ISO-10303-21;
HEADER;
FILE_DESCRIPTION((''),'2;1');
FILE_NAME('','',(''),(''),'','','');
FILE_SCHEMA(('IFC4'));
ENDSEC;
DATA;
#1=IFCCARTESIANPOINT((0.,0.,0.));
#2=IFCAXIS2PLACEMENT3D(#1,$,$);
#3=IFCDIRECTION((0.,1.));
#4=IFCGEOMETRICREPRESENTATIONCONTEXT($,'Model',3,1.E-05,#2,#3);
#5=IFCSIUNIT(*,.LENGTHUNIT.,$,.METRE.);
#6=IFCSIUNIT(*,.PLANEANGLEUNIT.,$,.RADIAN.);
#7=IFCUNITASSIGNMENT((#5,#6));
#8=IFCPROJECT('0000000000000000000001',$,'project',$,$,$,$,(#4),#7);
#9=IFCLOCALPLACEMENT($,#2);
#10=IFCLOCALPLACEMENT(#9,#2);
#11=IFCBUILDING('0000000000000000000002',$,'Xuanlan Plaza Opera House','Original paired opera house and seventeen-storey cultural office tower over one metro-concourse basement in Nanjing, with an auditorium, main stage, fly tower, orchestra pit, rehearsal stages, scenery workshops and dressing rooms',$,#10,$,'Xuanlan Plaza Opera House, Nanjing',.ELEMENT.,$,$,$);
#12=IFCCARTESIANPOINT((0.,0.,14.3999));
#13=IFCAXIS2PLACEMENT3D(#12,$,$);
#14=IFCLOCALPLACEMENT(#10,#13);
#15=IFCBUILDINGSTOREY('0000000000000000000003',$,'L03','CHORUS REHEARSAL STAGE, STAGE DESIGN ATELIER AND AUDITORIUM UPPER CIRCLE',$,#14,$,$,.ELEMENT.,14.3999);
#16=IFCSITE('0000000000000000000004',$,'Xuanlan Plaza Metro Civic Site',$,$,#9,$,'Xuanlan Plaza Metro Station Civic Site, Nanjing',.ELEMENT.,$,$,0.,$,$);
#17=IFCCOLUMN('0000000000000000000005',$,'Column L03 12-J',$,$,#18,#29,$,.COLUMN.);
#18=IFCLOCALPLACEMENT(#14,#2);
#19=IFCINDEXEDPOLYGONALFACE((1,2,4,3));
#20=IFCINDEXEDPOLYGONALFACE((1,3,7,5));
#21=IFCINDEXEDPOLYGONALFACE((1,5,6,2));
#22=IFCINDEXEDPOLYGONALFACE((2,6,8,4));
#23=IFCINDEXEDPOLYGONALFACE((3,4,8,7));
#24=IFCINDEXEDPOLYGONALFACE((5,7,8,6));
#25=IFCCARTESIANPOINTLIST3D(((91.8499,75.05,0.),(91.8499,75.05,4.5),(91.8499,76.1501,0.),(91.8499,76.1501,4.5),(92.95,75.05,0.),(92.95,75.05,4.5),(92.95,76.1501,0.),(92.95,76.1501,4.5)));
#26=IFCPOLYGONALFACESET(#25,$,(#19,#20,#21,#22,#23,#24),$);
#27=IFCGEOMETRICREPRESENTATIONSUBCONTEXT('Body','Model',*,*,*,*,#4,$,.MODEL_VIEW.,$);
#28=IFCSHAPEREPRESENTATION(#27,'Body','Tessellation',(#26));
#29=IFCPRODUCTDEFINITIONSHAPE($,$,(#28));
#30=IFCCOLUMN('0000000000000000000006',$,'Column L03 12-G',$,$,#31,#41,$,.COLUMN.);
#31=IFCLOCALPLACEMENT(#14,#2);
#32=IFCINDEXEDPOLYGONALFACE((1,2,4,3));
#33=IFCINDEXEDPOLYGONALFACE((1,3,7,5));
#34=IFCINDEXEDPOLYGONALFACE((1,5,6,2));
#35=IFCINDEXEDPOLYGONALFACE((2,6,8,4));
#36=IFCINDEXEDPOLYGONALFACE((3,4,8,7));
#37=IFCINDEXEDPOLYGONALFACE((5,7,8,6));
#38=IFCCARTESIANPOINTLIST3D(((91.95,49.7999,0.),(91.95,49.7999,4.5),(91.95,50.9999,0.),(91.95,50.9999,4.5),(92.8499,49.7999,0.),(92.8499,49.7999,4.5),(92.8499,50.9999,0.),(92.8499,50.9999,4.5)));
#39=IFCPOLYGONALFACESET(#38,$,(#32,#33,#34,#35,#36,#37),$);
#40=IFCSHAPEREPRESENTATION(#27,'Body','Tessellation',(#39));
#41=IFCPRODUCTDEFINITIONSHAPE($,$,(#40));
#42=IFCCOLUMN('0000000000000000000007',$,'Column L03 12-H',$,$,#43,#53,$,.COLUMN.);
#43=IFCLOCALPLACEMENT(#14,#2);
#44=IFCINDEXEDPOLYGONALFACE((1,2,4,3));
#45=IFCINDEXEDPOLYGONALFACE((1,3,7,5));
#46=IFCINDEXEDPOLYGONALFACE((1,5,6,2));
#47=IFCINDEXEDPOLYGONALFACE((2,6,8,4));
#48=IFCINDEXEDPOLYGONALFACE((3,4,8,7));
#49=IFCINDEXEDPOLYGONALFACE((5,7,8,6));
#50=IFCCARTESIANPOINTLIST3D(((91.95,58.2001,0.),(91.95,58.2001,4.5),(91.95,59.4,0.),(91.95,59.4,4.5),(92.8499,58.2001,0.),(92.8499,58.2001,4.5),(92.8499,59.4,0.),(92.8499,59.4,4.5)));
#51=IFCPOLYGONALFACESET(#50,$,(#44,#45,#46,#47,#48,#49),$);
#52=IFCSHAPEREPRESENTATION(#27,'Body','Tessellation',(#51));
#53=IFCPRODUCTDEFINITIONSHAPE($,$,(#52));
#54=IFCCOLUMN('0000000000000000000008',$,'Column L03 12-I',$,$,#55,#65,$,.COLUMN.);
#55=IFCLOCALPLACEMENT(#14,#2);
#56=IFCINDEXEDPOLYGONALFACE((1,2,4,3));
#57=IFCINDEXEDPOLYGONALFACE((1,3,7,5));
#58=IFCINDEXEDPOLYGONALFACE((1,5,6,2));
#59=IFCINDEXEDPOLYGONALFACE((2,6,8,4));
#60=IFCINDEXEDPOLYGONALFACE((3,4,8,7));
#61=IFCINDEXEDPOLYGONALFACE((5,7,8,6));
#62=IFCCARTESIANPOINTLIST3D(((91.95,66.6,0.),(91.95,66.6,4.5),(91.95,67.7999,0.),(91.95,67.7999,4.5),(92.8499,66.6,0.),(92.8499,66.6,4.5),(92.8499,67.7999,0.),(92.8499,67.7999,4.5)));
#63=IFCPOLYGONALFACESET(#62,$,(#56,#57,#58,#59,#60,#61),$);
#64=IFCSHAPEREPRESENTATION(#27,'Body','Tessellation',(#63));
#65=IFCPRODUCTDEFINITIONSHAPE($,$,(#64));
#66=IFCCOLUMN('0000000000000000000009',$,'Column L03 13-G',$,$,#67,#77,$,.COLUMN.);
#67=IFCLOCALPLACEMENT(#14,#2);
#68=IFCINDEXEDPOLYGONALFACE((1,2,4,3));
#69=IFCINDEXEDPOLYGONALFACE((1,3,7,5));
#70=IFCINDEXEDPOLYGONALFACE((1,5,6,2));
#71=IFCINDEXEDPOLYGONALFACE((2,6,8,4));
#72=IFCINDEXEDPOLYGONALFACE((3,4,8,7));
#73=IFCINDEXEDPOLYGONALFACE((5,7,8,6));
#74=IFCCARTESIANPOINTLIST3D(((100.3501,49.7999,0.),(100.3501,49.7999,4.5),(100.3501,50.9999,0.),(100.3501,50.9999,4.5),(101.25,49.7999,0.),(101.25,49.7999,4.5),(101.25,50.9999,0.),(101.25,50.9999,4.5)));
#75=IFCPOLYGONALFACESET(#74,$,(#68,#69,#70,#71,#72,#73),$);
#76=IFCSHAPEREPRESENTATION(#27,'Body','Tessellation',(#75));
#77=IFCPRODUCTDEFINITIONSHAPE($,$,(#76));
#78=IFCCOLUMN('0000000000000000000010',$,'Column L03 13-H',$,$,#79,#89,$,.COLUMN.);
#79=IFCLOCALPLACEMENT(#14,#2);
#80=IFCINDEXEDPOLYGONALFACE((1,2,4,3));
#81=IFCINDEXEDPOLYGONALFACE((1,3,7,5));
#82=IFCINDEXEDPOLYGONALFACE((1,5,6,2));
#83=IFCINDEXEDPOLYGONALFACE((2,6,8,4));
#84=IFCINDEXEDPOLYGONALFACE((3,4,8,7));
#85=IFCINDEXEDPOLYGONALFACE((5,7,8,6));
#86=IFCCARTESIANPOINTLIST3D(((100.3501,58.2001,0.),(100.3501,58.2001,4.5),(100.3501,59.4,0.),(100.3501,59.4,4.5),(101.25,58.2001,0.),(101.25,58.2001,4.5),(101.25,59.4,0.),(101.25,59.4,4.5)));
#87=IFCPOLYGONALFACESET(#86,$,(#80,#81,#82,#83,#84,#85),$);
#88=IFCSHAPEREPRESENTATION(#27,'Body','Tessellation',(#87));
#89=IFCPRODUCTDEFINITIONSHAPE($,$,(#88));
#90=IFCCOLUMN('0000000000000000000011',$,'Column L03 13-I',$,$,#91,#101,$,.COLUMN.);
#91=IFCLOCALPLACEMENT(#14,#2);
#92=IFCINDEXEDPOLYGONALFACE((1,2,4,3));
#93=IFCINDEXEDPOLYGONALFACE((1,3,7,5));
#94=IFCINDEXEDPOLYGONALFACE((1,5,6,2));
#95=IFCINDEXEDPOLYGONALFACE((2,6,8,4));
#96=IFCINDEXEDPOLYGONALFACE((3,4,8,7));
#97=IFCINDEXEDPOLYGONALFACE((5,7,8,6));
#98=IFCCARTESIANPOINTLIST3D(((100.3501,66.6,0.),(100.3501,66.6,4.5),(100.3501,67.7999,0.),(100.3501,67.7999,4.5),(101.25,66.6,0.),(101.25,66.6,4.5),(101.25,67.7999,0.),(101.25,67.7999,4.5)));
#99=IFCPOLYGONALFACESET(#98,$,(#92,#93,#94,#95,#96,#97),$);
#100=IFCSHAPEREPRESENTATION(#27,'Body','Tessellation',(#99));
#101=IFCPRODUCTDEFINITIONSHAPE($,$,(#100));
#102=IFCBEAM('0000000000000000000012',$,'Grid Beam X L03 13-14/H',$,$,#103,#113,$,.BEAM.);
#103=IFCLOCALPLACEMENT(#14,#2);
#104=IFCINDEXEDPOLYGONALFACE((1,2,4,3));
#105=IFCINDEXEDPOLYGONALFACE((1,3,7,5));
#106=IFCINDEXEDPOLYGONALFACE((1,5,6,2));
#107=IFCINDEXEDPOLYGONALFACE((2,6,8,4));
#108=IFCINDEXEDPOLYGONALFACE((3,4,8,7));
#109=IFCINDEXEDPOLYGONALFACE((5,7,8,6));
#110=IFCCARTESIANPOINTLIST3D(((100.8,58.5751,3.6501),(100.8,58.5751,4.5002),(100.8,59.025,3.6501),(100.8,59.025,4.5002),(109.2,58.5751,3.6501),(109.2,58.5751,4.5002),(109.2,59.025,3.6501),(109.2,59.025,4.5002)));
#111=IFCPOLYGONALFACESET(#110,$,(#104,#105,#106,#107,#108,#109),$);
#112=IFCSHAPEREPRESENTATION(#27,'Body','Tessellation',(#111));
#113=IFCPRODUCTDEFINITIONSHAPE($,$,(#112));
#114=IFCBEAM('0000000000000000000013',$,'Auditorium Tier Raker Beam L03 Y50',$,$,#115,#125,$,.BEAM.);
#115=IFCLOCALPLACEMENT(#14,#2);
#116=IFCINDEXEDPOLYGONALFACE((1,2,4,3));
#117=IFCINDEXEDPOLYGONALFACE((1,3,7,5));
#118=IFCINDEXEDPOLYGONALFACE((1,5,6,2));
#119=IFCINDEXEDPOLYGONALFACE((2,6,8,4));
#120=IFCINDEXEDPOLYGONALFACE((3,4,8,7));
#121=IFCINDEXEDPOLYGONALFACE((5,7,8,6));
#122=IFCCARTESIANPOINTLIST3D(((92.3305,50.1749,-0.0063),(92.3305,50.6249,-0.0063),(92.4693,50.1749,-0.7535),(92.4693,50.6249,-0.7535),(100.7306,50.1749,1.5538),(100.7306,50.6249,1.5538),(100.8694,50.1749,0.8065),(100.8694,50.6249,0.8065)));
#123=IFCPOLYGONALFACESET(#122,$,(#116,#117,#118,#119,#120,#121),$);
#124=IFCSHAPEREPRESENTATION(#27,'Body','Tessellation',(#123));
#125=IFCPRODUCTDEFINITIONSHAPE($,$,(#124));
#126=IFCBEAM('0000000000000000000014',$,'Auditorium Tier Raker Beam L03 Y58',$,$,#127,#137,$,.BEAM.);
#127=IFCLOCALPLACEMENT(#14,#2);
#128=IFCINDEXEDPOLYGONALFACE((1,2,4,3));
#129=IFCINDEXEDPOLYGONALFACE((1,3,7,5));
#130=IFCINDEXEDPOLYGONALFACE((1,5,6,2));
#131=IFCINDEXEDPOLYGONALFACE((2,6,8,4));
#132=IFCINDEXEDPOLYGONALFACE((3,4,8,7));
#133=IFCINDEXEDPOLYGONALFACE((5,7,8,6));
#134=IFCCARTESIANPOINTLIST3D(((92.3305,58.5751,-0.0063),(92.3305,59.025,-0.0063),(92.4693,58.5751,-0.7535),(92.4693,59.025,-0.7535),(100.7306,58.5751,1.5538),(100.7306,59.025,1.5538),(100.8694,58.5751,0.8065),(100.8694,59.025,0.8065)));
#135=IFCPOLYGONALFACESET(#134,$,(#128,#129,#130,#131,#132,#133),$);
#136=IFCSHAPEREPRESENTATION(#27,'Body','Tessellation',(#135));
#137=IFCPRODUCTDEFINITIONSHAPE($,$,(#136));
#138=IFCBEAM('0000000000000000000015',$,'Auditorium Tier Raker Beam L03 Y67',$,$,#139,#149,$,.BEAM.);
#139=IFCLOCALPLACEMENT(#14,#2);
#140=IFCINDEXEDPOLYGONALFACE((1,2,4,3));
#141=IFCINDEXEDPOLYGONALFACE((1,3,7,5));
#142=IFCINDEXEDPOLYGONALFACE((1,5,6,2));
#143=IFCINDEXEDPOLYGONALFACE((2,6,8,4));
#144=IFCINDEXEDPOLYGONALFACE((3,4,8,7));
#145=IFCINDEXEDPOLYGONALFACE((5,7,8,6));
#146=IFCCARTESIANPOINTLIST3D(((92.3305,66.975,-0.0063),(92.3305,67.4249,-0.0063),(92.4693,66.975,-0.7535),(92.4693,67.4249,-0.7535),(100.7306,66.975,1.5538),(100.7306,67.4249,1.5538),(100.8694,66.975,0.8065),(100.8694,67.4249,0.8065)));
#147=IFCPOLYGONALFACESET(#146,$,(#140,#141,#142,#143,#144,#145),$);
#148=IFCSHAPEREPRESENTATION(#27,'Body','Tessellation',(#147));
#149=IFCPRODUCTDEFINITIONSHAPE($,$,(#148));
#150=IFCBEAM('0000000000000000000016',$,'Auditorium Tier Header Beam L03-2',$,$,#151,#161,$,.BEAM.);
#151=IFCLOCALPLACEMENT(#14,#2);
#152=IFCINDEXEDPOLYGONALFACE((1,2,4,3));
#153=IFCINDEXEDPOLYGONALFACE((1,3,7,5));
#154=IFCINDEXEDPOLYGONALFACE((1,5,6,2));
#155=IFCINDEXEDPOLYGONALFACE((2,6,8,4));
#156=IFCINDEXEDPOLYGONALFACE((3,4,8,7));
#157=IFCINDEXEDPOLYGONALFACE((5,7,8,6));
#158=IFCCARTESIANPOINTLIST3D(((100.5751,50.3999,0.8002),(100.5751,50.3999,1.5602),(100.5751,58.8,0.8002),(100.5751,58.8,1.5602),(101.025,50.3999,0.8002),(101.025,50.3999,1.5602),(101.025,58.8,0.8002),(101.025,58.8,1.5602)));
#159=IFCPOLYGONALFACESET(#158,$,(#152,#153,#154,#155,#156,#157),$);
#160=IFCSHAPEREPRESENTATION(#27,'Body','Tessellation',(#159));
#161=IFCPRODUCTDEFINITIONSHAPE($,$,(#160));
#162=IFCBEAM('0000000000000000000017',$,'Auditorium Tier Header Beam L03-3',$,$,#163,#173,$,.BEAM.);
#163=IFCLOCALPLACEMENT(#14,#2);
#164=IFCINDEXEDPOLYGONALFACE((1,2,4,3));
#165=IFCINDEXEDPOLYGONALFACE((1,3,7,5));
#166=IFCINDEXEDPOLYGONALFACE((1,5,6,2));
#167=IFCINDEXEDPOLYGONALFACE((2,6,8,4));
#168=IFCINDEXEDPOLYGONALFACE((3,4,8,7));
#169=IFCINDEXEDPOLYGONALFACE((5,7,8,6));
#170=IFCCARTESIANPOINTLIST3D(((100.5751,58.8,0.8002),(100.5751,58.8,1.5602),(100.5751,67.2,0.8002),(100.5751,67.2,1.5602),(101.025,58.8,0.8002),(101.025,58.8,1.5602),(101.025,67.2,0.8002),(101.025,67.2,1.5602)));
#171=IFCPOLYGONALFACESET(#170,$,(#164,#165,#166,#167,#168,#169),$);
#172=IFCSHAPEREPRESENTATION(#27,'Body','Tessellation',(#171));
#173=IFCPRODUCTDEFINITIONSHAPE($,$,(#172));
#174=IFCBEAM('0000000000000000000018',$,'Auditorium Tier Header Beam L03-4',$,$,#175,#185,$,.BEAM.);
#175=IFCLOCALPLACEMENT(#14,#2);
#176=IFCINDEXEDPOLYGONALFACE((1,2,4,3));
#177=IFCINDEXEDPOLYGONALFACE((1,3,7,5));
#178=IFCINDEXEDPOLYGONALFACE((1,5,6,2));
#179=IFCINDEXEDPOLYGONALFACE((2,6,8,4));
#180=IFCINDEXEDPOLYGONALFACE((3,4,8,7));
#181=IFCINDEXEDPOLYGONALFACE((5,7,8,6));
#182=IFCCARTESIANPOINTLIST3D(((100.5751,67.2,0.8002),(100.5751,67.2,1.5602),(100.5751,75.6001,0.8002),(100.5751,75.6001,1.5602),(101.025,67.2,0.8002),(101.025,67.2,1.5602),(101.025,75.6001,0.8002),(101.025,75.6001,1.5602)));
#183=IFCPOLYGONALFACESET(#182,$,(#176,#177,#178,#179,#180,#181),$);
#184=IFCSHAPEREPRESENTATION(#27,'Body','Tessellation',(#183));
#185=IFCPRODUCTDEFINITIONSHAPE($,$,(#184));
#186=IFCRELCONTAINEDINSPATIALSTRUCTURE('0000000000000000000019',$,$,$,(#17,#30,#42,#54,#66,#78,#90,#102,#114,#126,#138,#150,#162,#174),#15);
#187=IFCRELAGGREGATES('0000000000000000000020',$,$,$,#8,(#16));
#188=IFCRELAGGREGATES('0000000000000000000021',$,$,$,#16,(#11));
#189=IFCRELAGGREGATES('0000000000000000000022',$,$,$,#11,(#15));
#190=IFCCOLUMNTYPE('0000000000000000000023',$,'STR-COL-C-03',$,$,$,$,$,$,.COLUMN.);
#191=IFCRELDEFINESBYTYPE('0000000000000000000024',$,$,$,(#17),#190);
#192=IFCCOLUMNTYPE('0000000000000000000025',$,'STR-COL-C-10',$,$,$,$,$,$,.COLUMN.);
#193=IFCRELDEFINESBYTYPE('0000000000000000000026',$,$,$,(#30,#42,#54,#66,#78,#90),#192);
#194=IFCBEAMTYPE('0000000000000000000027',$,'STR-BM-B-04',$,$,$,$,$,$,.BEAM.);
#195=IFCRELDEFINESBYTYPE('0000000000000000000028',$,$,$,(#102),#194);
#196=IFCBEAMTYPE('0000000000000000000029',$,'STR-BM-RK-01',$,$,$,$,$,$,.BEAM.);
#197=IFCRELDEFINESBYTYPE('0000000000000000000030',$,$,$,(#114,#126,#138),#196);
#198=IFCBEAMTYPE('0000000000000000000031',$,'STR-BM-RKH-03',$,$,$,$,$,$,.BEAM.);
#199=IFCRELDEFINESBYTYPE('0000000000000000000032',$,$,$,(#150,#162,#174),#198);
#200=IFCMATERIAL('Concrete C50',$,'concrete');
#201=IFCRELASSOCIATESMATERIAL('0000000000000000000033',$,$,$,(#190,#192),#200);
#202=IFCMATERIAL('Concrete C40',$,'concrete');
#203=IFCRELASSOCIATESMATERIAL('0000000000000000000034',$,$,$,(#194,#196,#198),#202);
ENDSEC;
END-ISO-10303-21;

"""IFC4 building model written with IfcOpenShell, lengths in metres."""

from ifc_helpers import new_model, si_unit, direction, frame, origin, origin_2d, place, context, subcontext, project, spatial, rectangle, extrude, material, material_profile, profile_set, type_object, element, save


model = new_model("IFC4")

# Units and contexts
model_context = context("Model", 3, precision=1e-05, world=origin(), true_north=direction((0.0, 1.0)))
body_context = subcontext(model_context, "Body", "Model", "MODEL_VIEW")
ifc_project = project(units=[si_unit("LENGTHUNIT", "METRE"), si_unit("PLANEANGLEUNIT", "RADIAN")], contexts=[model_context])

# Site, building, storey
site_placement = place(None, origin())
site = spatial("IfcSite", under=ifc_project, at=site_placement, Name="Xuanlan Plaza Metro Civic Site", LongName="Xuanlan Plaza Metro Station Civic Site, Nanjing", CompositionType="ELEMENT", RefElevation=0.0)
building_placement = place(site_placement, origin())
building = spatial("IfcBuilding", under=site, at=building_placement, Name="Xuanlan Plaza Opera House", Description="Original paired opera house and seventeen-storey cultural office tower over one metro-concourse basement in Nanjing, with an auditorium, main stage, fly tower, orchestra pit, rehearsal stages, scenery workshops and dressing rooms", LongName="Xuanlan Plaza Opera House, Nanjing", CompositionType="ELEMENT")
storey_placement = place(building_placement, frame((0.0, 0.0, 14.3999)))
storey = spatial("IfcBuildingStorey", under=building, at=storey_placement, Name="L03", Description="CHORUS REHEARSAL STAGE, STAGE DESIGN ATELIER AND AUDITORIUM UPPER CIRCLE", CompositionType="ELEMENT", Elevation=14.3999)

# Columns
ifc_material_1 = material(Name="Concrete C50", Category="concrete")
ifc_material_profile_1 = material_profile(ifc_material_1, rectangle(XDim=1.1001, YDim=1.1001, at=origin_2d()), Name="RC-COL 1100x1100")
ifc_profile_set_1 = profile_set([ifc_material_profile_1], Name="Concrete C50")
column_type_1 = type_object("IfcColumnType", Name="STR-COL-C-03", PredefinedType="COLUMN", material=ifc_profile_set_1)
column_placement = place(storey_placement, frame((92.3999, 75.6001, 0.0), z_axis=(0.0, 0.0, 1.0), x_axis=(1.0, 0.0, 0.0)))
element("IfcColumn", 1, at=column_placement, inside=storey, type_object=column_type_1, Name="Column L03 12-J", PredefinedType="COLUMN", context=body_context, shape_type="SweptSolid", body=[
    extrude(rectangle(XDim=1.1001, YDim=1.1001, at=origin_2d()), origin(), (0.0, 0.0, 1.0), 4.5),
])
ifc_material_profile_2 = material_profile(ifc_material_1, rectangle(XDim=0.8999, YDim=1.2, at=origin_2d()), Name="RC-COL 900x1200")
ifc_profile_set_2 = profile_set([ifc_material_profile_2], Name="Concrete C50")
column_type_2 = type_object("IfcColumnType", Name="STR-COL-C-10", PredefinedType="COLUMN", material=ifc_profile_set_2)
for number, where, z_axis, x_axis, name in (
    (2, (92.3999, 50.3999, 0.0), (0.0, 0.0, 1.0), (1.0, 0.0, 0.0), "Column L03 12-G"),
    (3, (92.3999, 58.8, 0.0), (0.0, 0.0, 1.0), (1.0, 0.0, 0.0), "Column L03 12-H"),
    (4, (92.3999, 67.2, 0.0), (0.0, 0.0, 1.0), (1.0, 0.0, 0.0), "Column L03 12-I"),
    (5, (100.8, 50.3999, 0.0), (0.0, 0.0, 1.0), (1.0, 0.0, 0.0), "Column L03 13-G"),
    (6, (100.8, 58.8, 0.0), (0.0, 0.0, 1.0), (1.0, 0.0, 0.0), "Column L03 13-H"),
    (7, (100.8, 67.2, 0.0), (0.0, 0.0, 1.0), (1.0, 0.0, 0.0), "Column L03 13-I"),
):
    element("IfcColumn", number, at=place(storey_placement, frame(where, z_axis=z_axis, x_axis=x_axis)), inside=storey, type_object=column_type_2, Name=name, PredefinedType="COLUMN", context=body_context, shape_type="SweptSolid", body=[
        extrude(rectangle(XDim=0.8999, YDim=1.2, at=origin_2d()), origin(), (0.0, 0.0, 1.0), 4.5),
    ])

# Beams
ifc_material_2 = material(Name="Concrete C40", Category="concrete")
ifc_material_profile_3 = material_profile(ifc_material_2, rectangle(XDim=0.45, YDim=0.8501, at=origin_2d()), Name="RC-BM 450x850")
ifc_profile_set_3 = profile_set([ifc_material_profile_3], Name="Concrete C40")
beam_type_1 = type_object("IfcBeamType", Name="STR-BM-B-04", PredefinedType="BEAM", material=ifc_profile_set_3)
beam_1_placement = place(storey_placement, frame((100.8, 58.8, 4.0752), z_axis=(1.0, 0.0, 0.0), x_axis=(0.0, 1.0, 0.0)))
element("IfcBeam", 8, at=beam_1_placement, inside=storey, type_object=beam_type_1, Name="Grid Beam X L03 13-14/H", PredefinedType="BEAM", context=body_context, shape_type="SweptSolid", body=[
    extrude(rectangle(XDim=0.45, YDim=0.8501, at=origin_2d()), origin(), (0.0, 0.0, 1.0), 8.3999),
])
ifc_material_profile_4 = material_profile(ifc_material_2, rectangle(XDim=0.45, YDim=0.76, at=origin_2d()), Name="RC-RKR 450x760")
ifc_profile_set_4 = profile_set([ifc_material_profile_4], Name="Concrete C40")
beam_type_2 = type_object("IfcBeamType", Name="STR-BM-RK-01", PredefinedType="BEAM", material=ifc_profile_set_4)
for number, where, z_axis, x_axis, name in (
    (9, (92.3999, 50.3999, -0.3799), (0.983188, 0.0, 0.182596), (0.0, 1.0, 0.0), "Auditorium Tier Raker Beam L03 Y50"),
    (10, (92.3999, 58.8, -0.3799), (0.983188, 0.0, 0.182596), (0.0, 1.0, 0.0), "Auditorium Tier Raker Beam L03 Y58"),
    (11, (92.3999, 67.2, -0.3799), (0.983188, 0.0, 0.182596), (0.0, 1.0, 0.0), "Auditorium Tier Raker Beam L03 Y67"),
):
    element("IfcBeam", number, at=place(storey_placement, frame(where, z_axis=z_axis, x_axis=x_axis)), inside=storey, type_object=beam_type_2, Name=name, PredefinedType="BEAM", context=body_context, shape_type="SweptSolid", body=[
        extrude(rectangle(XDim=0.45, YDim=0.76, at=origin_2d()), origin(), (0.0, 0.0, 1.0), 8.5437),
    ])
ifc_material_profile_5 = material_profile(ifc_material_2, rectangle(XDim=0.45, YDim=0.76, at=origin_2d()), Name="RC-RKR 450x760")
ifc_profile_set_5 = profile_set([ifc_material_profile_5], Name="Concrete C40")
beam_type_3 = type_object("IfcBeamType", Name="STR-BM-RKH-03", PredefinedType="BEAM", material=ifc_profile_set_5)
beam_2_placement = place(storey_placement, frame((100.8, 50.3999, 1.1802), z_axis=(0.0, 1.0, 0.0), x_axis=(-1.0, 0.0, 0.0)))
element("IfcBeam", 12, at=beam_2_placement, inside=storey, type_object=beam_type_3, Name="Auditorium Tier Header Beam L03-2", PredefinedType="BEAM", context=body_context, shape_type="SweptSolid", body=[
    extrude(rectangle(XDim=0.45, YDim=0.76, at=origin_2d()), origin(), (0.0, 0.0, 1.0), 8.4001),
])
beam_3_placement = place(storey_placement, frame((100.8, 58.8, 1.1802), z_axis=(0.0, 1.0, 0.0), x_axis=(-1.0, 0.0, 0.0)))
element("IfcBeam", 13, at=beam_3_placement, inside=storey, type_object=beam_type_3, Name="Auditorium Tier Header Beam L03-3", PredefinedType="BEAM", context=body_context, shape_type="SweptSolid", body=[
    extrude(rectangle(XDim=0.45, YDim=0.76, at=origin_2d()), origin(), (0.0, 0.0, 1.0), 8.3999),
])
beam_4_placement = place(storey_placement, frame((100.8, 67.2, 1.1802), z_axis=(0.0, 1.0, 0.0), x_axis=(-1.0, 0.0, 0.0)))
element("IfcBeam", 14, at=beam_4_placement, inside=storey, type_object=beam_type_3, Name="Auditorium Tier Header Beam L03-4", PredefinedType="BEAM", context=body_context, shape_type="SweptSolid", body=[
    extrude(rectangle(XDim=0.45, YDim=0.76, at=origin_2d()), origin(), (0.0, 0.0, 1.0), 8.4001),
])

save(model, "model.ifc")
